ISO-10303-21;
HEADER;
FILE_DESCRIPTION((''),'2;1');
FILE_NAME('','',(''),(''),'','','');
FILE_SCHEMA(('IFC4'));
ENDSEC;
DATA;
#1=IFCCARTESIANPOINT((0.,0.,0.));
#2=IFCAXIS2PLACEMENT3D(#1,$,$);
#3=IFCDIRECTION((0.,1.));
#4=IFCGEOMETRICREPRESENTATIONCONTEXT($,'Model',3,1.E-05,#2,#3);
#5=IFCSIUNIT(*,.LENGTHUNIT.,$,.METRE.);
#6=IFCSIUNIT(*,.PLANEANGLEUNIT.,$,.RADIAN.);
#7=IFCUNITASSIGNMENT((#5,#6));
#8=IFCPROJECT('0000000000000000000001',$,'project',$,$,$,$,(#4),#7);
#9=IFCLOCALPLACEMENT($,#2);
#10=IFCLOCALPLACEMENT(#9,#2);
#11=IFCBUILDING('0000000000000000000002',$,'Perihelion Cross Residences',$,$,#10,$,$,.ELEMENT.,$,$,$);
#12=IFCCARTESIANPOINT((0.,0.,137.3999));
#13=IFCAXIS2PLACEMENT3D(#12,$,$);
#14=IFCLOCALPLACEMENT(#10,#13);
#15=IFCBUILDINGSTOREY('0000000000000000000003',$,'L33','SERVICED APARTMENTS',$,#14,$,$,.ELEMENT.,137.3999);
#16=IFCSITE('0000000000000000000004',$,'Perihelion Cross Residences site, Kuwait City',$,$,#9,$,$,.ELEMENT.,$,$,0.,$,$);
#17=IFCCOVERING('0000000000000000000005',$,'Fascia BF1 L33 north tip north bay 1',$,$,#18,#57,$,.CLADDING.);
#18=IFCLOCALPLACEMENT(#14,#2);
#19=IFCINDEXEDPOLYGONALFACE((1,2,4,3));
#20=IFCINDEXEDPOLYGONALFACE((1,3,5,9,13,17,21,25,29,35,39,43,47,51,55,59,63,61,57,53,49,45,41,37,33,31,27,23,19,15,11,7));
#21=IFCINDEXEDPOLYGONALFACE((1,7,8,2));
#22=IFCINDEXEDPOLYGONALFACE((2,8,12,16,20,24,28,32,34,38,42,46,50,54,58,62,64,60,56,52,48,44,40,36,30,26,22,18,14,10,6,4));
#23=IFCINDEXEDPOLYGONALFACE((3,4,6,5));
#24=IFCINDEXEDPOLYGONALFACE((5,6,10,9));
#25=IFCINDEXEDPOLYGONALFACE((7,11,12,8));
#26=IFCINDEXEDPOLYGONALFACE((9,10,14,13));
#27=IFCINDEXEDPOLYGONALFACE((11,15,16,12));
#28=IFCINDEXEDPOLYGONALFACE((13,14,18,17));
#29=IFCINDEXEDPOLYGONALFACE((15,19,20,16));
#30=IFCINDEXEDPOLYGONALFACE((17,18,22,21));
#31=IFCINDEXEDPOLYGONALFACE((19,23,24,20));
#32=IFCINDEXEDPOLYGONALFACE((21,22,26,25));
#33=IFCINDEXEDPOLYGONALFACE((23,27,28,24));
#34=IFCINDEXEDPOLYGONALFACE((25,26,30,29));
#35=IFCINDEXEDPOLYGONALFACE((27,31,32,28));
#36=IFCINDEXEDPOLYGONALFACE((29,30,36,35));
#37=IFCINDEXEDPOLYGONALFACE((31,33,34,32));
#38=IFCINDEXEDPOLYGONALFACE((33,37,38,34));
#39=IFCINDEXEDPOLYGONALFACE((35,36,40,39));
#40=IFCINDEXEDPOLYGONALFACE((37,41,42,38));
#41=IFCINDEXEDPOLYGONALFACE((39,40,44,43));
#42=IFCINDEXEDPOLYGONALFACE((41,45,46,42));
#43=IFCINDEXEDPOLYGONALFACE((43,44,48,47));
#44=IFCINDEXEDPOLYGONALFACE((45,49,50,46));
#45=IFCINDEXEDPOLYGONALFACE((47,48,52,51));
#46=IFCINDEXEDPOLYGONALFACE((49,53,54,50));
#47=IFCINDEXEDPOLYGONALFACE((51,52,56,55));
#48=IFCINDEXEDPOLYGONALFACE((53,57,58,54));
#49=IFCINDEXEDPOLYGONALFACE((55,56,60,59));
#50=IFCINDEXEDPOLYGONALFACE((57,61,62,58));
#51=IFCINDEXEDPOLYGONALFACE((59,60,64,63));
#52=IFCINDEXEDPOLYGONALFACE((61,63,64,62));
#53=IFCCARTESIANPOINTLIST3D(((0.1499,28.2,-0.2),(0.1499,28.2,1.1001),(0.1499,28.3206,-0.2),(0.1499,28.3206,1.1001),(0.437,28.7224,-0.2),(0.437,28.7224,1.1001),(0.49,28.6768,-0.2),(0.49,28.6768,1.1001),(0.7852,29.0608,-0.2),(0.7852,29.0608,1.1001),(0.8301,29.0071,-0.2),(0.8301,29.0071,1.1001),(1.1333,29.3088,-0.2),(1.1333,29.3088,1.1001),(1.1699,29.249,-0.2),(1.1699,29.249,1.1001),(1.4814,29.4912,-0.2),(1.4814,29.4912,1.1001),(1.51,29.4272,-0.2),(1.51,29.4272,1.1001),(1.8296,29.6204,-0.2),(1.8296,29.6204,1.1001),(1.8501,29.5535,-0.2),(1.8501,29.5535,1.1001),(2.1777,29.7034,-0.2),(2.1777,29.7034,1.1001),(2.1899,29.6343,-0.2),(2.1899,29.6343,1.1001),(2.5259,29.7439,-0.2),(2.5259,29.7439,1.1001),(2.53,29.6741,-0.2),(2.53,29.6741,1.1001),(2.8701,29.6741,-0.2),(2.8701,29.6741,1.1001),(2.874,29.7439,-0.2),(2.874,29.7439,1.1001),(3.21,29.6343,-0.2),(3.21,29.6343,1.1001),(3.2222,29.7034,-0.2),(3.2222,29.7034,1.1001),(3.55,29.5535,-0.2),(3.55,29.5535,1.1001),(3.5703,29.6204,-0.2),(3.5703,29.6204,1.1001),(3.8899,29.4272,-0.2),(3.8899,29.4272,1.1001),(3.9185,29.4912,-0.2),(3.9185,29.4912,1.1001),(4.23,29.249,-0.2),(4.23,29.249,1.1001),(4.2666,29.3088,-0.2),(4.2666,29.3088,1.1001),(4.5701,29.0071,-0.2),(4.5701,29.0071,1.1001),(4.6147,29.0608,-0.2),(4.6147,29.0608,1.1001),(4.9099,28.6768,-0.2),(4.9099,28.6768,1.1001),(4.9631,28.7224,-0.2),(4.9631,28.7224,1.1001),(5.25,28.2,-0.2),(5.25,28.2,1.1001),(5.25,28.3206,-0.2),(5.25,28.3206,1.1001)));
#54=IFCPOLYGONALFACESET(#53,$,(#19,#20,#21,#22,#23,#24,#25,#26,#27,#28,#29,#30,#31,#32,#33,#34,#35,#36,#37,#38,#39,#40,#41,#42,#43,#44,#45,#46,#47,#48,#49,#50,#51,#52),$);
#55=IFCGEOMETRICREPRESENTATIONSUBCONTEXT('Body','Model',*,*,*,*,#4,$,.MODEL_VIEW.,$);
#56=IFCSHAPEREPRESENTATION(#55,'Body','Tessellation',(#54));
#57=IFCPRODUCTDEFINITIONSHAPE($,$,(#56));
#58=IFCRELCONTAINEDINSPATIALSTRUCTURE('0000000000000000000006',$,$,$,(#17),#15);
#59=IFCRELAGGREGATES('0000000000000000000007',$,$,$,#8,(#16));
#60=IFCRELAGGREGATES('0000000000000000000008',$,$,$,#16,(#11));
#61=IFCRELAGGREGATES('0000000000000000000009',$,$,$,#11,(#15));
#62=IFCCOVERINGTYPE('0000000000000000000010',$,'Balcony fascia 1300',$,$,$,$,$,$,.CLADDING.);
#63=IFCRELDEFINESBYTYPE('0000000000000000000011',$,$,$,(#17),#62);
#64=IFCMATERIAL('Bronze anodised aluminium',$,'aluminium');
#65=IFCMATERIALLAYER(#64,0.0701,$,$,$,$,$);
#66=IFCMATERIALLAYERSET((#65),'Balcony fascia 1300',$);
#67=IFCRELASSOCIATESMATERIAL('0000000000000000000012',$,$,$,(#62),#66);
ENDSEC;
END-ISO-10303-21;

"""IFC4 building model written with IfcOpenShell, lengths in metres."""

from ifc_helpers import new_model, si_unit, direction, frame, origin, place, context, subcontext, project, spatial, polyline, outline, extrude, material, layer, layer_set, type_object, element, save


model = new_model("IFC4")

# Units and contexts
model_context = context("Model", 3, precision=1e-05, world=origin(), true_north=direction((0.0, 1.0)))
body_context = subcontext(model_context, "Body", "Model", "MODEL_VIEW")
ifc_project = project(units=[si_unit("LENGTHUNIT", "METRE"), si_unit("PLANEANGLEUNIT", "RADIAN")], contexts=[model_context])

# Site, building, storey
site_placement = place(None, origin())
site = spatial("IfcSite", under=ifc_project, at=site_placement, Name="Perihelion Cross Residences site, Kuwait City", CompositionType="ELEMENT", RefElevation=0.0)
building_placement = place(site_placement, origin())
building = spatial("IfcBuilding", under=site, at=building_placement, Name="Perihelion Cross Residences", CompositionType="ELEMENT")
storey_placement = place(building_placement, frame((0.0, 0.0, 137.3999)))
storey = spatial("IfcBuildingStorey", under=building, at=storey_placement, Name="L33", Description="SERVICED APARTMENTS", CompositionType="ELEMENT", Elevation=137.3999)

# Covering
ifc_material_1 = material(Name="Bronze anodised aluminium", Category="aluminium")
ifc_layer_1 = layer(ifc_material_1, 0.0701)
ifc_layer_set_1 = layer_set([ifc_layer_1], Name="Balcony fascia 1300")
covering_type = type_object("IfcCoveringType", Name="Balcony fascia 1300", PredefinedType="CLADDING", material=ifc_layer_set_1)
covering_1_placement = place(storey_placement, frame((0.0, 0.0, -0.2)))
element("IfcCovering", 1, at=covering_1_placement, inside=storey, type_object=covering_type, Name="Fascia BF1 L33 north tip north bay 1", PredefinedType="CLADDING", context=body_context, shape_type="SweptSolid", body=[
    extrude(outline(polyline([(4.9631, 28.7224), (4.6147, 29.0608), (4.2666, 29.3088), (3.9185, 29.4912), (3.5703, 29.6204), (3.2222, 29.7034), (2.874, 29.7439), (2.5259, 29.7439), (2.1777, 29.7034), (1.8296, 29.6204), (1.4814, 29.4912), (1.1333, 29.3088), (0.7852, 29.0608), (0.437, 28.7224), (0.1499, 28.3206), (0.1499, 28.2), (0.49, 28.6768), (0.8301, 29.0071), (1.1699, 29.249), (1.51, 29.4272), (1.8501, 29.5535), (2.1899, 29.6343), (2.53, 29.6741), (2.8701, 29.6741), (3.21, 29.6343), (3.55, 29.5535), (3.8899, 29.4272), (4.23, 29.249), (4.5701, 29.0071), (4.9099, 28.6768), (5.25, 28.2), (5.25, 28.3206), (4.9631, 28.7224)])), origin(), (0.0, 0.0, 1.0), 1.3),
])

save(model, "model.ifc")
